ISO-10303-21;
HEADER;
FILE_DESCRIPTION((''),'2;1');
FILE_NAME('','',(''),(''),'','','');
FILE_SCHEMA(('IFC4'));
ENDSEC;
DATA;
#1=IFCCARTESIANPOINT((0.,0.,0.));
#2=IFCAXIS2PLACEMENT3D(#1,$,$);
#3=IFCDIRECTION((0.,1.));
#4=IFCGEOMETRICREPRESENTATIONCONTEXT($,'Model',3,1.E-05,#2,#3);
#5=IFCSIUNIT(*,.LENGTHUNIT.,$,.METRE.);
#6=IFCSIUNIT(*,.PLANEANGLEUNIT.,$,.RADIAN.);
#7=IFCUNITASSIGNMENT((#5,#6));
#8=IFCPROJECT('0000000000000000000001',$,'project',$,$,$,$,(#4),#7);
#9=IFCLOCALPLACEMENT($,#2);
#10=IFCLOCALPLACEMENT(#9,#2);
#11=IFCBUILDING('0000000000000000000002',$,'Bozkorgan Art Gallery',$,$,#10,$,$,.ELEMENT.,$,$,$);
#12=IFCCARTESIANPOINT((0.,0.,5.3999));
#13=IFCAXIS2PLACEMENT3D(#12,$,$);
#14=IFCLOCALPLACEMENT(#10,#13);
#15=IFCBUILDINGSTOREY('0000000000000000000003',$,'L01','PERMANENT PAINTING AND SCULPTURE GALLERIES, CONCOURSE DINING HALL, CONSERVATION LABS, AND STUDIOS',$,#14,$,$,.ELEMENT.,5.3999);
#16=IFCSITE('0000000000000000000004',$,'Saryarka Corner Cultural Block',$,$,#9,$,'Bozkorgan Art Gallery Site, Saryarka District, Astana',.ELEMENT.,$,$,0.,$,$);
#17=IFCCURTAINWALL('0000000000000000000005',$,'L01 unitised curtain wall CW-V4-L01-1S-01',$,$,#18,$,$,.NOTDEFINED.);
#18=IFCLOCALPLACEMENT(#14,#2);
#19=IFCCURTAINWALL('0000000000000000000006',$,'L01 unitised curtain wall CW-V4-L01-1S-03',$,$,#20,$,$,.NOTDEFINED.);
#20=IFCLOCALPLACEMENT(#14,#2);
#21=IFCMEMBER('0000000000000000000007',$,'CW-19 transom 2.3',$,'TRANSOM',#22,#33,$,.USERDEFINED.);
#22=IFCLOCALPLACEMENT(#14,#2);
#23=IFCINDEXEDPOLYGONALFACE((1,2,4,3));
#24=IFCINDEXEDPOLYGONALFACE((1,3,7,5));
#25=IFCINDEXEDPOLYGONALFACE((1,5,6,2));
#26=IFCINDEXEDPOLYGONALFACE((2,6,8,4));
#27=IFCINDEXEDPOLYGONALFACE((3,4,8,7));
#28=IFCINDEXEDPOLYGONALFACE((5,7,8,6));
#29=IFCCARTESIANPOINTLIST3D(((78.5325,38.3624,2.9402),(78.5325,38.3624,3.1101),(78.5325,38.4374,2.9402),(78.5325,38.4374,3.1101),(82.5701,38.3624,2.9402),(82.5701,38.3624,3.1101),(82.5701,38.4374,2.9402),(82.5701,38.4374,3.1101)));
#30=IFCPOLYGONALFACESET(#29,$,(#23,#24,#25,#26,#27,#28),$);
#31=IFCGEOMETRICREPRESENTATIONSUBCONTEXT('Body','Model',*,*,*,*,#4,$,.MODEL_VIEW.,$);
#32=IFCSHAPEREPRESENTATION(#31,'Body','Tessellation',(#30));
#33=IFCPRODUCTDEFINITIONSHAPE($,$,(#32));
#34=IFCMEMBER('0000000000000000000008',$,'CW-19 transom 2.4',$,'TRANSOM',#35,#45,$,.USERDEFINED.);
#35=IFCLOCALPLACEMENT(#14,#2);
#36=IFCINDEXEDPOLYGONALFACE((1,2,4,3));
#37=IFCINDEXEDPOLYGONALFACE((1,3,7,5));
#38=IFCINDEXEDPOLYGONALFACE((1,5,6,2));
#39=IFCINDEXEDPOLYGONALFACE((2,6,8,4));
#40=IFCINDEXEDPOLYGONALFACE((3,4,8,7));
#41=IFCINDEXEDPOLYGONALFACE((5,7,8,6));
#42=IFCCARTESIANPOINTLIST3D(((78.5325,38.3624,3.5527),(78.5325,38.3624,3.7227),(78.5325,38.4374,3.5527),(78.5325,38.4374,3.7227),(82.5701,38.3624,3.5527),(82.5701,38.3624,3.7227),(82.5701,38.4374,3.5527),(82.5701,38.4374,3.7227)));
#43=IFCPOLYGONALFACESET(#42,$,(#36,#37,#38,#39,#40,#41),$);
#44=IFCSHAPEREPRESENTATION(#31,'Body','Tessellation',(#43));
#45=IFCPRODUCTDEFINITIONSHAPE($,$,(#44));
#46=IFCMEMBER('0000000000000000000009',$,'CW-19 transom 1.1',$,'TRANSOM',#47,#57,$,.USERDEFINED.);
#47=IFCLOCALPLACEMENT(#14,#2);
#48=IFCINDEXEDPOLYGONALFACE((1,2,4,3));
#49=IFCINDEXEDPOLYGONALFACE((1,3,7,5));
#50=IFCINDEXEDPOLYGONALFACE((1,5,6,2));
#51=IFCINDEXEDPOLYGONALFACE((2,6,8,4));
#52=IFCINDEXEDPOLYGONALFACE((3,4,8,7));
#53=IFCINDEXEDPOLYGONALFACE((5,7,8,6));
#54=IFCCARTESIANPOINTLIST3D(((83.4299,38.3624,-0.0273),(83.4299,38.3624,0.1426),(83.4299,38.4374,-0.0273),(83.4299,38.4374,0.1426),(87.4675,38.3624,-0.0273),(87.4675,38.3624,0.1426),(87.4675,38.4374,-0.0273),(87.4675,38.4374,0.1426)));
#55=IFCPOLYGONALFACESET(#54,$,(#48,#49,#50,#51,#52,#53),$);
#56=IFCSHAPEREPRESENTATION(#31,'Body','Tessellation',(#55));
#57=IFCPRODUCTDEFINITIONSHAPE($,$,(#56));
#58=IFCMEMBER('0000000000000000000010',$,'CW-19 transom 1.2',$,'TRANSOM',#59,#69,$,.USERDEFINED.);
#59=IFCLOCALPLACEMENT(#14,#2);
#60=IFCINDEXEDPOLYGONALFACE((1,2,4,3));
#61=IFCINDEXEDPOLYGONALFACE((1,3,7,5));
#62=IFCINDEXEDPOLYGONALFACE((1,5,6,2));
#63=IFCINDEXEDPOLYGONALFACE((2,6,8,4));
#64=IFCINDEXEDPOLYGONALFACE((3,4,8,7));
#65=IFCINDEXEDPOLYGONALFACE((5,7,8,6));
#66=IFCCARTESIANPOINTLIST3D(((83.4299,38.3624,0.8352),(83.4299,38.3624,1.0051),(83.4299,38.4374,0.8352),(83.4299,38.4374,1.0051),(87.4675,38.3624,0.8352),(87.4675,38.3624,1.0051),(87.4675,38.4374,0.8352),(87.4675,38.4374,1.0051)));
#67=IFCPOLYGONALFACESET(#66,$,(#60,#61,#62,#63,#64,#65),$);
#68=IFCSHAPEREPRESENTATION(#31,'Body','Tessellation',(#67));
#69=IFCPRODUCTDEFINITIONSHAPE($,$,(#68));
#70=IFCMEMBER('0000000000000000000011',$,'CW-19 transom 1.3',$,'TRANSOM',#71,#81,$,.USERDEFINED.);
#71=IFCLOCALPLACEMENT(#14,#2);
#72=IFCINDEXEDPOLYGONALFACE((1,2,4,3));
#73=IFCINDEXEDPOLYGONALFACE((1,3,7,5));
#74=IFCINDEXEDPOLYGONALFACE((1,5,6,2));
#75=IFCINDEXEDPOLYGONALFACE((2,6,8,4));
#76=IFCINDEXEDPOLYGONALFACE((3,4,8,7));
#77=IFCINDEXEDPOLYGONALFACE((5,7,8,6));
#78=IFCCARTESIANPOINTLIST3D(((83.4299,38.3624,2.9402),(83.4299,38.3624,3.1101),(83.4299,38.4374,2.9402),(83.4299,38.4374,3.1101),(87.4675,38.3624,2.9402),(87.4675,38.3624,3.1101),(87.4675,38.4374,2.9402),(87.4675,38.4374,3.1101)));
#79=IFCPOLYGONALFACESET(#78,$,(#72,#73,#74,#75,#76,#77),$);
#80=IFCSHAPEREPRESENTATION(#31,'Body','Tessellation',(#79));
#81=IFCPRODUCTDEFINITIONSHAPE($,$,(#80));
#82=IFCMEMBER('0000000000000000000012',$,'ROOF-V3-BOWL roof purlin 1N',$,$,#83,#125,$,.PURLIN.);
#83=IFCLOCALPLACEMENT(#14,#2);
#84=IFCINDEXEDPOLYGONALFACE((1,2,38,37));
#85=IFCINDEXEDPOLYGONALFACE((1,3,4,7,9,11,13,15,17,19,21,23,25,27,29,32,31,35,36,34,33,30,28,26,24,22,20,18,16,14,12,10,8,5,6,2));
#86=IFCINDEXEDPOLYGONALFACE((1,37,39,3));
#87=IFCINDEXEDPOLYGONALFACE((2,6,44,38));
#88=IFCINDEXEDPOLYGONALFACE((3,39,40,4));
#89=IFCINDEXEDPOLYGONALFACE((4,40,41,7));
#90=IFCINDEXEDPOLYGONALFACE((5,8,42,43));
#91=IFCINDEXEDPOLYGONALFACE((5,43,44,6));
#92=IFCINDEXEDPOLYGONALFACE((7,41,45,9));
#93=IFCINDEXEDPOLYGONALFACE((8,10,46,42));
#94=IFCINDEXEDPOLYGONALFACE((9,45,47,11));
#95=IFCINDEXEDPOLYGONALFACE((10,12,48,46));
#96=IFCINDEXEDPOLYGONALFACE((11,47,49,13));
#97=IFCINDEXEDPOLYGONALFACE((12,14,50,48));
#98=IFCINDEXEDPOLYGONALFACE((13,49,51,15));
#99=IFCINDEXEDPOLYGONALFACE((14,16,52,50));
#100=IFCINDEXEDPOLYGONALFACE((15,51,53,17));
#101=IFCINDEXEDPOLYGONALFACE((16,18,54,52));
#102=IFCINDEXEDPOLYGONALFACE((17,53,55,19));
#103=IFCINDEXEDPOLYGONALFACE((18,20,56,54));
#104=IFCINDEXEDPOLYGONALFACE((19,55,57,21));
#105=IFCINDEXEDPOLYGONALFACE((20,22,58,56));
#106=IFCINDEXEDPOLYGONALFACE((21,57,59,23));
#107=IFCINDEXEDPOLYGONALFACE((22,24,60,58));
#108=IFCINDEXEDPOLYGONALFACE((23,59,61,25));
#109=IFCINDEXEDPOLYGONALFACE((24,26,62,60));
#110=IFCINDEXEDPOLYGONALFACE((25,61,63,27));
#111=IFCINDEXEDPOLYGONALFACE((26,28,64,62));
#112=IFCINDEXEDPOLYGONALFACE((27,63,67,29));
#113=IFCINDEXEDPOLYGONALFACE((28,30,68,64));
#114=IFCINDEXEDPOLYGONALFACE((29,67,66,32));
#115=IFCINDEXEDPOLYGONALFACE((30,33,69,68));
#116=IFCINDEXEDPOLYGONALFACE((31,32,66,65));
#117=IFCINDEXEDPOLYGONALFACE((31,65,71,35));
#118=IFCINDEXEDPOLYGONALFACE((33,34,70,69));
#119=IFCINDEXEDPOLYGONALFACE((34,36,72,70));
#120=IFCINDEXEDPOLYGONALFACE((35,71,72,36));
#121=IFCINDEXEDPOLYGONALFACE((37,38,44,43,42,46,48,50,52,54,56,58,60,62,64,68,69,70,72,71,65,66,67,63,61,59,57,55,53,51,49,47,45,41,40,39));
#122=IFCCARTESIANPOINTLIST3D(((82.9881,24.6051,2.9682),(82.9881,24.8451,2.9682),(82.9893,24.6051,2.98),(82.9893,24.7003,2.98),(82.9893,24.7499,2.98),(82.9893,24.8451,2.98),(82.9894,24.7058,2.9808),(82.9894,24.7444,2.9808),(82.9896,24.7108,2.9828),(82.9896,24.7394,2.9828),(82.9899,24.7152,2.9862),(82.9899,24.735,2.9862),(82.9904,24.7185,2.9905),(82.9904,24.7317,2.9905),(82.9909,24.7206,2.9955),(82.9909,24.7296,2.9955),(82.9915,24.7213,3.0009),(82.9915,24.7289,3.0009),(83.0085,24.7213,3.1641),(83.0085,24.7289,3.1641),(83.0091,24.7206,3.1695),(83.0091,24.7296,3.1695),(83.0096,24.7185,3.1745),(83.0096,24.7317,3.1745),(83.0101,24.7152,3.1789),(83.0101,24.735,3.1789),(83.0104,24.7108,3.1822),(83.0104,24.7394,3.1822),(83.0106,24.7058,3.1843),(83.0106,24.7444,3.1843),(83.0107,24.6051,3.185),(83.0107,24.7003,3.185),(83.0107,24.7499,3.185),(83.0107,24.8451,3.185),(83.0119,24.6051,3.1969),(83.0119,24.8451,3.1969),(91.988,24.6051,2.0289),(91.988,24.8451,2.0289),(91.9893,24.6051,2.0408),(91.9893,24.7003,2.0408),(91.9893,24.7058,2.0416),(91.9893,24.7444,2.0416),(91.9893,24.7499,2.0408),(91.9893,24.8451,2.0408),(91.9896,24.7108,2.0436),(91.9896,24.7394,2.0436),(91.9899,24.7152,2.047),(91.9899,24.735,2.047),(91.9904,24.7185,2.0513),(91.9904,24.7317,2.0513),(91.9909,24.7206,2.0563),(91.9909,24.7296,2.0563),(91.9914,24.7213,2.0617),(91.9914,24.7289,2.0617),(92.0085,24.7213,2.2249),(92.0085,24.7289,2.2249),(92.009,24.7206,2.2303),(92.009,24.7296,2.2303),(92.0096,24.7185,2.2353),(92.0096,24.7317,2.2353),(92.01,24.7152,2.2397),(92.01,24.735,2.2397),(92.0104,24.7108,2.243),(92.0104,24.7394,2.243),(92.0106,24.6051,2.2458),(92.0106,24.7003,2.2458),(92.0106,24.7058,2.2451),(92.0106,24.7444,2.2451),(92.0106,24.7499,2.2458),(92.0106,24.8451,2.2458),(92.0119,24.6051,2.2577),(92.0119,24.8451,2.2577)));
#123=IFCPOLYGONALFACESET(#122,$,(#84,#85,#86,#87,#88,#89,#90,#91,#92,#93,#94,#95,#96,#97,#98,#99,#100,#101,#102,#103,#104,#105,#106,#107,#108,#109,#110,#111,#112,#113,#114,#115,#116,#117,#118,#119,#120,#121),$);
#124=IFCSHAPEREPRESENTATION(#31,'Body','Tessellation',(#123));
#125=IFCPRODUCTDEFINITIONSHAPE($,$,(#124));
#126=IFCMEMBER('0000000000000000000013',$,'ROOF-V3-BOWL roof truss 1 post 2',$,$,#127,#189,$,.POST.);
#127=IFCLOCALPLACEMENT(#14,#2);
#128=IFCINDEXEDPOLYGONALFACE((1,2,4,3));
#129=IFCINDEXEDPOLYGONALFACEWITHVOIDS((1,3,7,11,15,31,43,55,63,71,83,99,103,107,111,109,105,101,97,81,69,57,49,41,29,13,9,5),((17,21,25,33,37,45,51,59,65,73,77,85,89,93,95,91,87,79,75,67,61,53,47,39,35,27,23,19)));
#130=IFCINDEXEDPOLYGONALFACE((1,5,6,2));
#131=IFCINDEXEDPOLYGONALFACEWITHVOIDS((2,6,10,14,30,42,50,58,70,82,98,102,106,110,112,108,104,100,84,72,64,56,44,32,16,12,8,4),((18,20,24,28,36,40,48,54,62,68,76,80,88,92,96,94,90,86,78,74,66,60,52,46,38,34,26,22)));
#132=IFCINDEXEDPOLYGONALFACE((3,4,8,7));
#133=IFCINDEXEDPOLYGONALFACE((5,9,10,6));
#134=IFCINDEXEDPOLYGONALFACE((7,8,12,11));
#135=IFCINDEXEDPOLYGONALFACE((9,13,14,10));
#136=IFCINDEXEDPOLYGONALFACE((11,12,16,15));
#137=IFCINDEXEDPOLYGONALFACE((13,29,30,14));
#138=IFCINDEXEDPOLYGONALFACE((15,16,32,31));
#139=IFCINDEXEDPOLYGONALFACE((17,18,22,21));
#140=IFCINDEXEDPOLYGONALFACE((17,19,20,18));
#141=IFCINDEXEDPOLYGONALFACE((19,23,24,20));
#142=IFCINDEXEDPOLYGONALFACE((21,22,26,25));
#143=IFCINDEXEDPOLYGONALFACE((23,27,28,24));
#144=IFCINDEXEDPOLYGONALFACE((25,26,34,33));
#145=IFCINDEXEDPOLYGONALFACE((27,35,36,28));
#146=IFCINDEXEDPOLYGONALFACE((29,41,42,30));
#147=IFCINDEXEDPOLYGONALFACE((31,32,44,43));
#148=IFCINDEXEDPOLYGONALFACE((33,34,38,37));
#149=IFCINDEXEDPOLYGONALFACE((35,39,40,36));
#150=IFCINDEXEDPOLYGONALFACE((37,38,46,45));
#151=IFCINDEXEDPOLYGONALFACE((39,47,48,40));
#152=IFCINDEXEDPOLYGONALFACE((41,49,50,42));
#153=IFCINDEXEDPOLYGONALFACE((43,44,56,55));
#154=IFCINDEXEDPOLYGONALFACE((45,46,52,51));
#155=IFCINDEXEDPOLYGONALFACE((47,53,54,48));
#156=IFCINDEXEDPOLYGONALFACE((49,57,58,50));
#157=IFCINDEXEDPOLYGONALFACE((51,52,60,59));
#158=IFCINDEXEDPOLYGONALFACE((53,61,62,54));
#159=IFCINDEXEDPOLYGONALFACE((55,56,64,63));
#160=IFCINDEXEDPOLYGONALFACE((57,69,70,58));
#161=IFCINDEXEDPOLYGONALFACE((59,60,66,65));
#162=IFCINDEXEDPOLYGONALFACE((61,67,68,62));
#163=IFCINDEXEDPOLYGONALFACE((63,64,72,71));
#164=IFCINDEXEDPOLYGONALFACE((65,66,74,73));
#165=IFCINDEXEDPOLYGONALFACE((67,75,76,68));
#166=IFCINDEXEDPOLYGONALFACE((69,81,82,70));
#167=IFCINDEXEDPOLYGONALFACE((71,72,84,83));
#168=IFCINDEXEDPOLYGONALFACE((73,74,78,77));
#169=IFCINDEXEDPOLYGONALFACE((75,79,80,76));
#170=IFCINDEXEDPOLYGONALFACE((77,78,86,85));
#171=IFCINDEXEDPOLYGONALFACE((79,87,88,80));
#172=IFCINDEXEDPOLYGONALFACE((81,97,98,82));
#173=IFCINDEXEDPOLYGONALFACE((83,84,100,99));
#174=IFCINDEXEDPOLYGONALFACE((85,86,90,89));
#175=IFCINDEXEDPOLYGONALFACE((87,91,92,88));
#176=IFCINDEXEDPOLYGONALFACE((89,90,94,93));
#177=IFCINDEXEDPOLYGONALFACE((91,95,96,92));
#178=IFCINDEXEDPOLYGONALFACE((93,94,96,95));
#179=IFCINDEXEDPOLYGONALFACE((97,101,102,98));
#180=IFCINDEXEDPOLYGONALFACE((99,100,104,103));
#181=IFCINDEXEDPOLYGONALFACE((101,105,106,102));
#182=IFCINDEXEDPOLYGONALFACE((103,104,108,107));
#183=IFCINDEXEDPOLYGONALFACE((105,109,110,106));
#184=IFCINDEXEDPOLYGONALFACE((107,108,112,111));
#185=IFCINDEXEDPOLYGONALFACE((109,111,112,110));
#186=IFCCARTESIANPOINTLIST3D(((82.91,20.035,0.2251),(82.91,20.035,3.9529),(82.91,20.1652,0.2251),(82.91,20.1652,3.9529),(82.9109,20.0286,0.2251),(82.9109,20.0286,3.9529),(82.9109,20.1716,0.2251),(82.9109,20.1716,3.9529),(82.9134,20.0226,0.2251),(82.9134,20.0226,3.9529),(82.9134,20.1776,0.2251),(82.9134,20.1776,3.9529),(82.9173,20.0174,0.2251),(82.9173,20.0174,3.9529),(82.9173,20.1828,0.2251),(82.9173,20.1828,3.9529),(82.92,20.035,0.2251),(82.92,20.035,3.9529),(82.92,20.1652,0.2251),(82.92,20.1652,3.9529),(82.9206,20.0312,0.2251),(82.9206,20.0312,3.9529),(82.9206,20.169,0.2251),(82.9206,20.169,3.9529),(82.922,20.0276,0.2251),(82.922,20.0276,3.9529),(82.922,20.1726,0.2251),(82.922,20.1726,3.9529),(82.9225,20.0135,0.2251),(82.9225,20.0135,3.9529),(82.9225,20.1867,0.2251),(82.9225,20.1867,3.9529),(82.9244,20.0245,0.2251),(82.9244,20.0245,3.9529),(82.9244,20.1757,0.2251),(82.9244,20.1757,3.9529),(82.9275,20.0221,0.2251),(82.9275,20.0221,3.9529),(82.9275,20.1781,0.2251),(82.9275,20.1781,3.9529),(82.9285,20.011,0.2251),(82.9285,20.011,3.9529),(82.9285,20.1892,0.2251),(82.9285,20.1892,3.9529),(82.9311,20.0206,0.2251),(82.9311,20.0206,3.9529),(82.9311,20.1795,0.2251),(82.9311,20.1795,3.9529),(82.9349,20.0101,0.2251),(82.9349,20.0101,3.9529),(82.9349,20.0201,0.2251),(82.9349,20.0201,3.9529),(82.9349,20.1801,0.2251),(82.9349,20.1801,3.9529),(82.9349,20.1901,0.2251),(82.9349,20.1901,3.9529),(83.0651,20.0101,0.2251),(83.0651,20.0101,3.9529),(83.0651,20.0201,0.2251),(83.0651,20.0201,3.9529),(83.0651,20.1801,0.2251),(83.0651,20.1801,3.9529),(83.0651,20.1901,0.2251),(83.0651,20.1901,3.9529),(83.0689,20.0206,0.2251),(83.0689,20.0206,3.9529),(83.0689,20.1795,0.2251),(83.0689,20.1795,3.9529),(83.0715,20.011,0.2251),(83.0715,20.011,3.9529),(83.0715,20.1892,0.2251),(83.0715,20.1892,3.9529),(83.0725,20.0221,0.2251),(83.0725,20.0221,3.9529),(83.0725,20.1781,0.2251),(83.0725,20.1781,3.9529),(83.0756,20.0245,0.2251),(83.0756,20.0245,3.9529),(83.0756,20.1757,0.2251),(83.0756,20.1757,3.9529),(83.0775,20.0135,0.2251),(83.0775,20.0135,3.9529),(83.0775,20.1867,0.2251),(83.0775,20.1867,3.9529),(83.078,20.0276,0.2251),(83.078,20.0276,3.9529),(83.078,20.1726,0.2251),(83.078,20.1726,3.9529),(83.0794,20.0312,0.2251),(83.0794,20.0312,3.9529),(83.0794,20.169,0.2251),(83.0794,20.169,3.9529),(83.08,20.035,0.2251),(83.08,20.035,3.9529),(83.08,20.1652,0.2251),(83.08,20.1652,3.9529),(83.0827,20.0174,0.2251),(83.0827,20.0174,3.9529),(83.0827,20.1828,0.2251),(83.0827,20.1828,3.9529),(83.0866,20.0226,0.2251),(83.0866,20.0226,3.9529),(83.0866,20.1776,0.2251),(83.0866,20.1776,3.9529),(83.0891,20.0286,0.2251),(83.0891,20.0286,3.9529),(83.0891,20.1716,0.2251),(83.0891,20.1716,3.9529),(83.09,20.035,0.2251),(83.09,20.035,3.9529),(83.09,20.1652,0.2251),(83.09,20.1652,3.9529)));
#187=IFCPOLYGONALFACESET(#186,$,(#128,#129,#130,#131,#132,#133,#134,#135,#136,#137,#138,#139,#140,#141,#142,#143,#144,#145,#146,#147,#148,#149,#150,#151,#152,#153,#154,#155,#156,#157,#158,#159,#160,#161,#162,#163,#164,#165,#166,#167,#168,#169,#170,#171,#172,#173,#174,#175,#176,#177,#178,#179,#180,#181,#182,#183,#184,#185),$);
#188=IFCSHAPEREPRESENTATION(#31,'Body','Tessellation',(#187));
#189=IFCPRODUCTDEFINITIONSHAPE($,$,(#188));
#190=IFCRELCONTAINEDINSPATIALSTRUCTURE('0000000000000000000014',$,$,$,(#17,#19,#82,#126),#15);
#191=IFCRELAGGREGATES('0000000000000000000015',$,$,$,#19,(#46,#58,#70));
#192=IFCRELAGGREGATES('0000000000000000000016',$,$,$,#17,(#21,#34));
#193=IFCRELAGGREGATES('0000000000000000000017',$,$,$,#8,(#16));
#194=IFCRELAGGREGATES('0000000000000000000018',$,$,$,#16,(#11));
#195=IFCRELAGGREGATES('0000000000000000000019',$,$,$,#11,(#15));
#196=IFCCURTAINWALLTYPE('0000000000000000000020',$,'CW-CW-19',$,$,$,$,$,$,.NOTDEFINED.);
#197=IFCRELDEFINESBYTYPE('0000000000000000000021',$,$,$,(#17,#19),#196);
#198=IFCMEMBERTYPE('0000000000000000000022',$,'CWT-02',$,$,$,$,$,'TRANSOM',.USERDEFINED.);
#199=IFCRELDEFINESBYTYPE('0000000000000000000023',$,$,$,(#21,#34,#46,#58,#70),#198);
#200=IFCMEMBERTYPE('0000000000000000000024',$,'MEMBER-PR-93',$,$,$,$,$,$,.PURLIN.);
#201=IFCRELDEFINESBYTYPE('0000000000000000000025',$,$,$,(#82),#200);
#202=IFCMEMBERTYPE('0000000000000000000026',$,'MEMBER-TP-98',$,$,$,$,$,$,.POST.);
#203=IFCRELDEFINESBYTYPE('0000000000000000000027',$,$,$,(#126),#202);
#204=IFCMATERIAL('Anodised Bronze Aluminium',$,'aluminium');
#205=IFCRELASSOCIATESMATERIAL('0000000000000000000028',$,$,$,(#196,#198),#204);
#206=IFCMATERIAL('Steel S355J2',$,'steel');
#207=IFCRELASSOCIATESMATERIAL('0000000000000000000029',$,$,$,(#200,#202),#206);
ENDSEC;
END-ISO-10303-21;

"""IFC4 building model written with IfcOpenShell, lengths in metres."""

from ifc_helpers import new_model, si_unit, direction, frame, origin, origin_2d, place, context, subcontext, project, spatial, rectangle, hollow_rectangle, i_section, extrude, material, material_profile, profile_set, type_object, element, aggregate, save


model = new_model("IFC4")

# Units and contexts
model_context = context("Model", 3, precision=1e-05, world=origin(), true_north=direction((0.0, 1.0)))
body_context = subcontext(model_context, "Body", "Model", "MODEL_VIEW")
ifc_project = project(units=[si_unit("LENGTHUNIT", "METRE"), si_unit("PLANEANGLEUNIT", "RADIAN")], contexts=[model_context])

# Site, building, storey
site_placement = place(None, origin())
site = spatial("IfcSite", under=ifc_project, at=site_placement, Name="Saryarka Corner Cultural Block", LongName="Bozkorgan Art Gallery Site, Saryarka District, Astana", CompositionType="ELEMENT", RefElevation=0.0)
building_placement = place(site_placement, origin())
building = spatial("IfcBuilding", under=site, at=building_placement, Name="Bozkorgan Art Gallery", CompositionType="ELEMENT")
storey_placement = place(building_placement, frame((0.0, 0.0, 5.3999)))
storey = spatial("IfcBuildingStorey", under=building, at=storey_placement, Name="L01", Description="PERMANENT PAINTING AND SCULPTURE GALLERIES, CONCOURSE DINING HALL, CONSERVATION LABS, AND STUDIOS", CompositionType="ELEMENT", Elevation=5.3999)

# Curtain wall
ifc_material_1 = material(Name="Anodised Bronze Aluminium", Category="aluminium")
curtain_wall_type = type_object("IfcCurtainWallType", Name="CW-CW-19", PredefinedType="NOTDEFINED", material=ifc_material_1)
curtain_wall_1_placement = place(storey_placement, origin())
curtain_wall_1 = element("IfcCurtainWall", 1, at=curtain_wall_1_placement, inside=storey, type_object=curtain_wall_type, Name="L01 unitised curtain wall CW-V4-L01-1S-01", PredefinedType="NOTDEFINED")

# Curtain wall
curtain_wall_2_placement = place(storey_placement, origin())
curtain_wall_2 = element("IfcCurtainWall", 2, at=curtain_wall_2_placement, inside=storey, type_object=curtain_wall_type, Name="L01 unitised curtain wall CW-V4-L01-1S-03", PredefinedType="NOTDEFINED")

# Members
ifc_material_profile_1 = material_profile(ifc_material_1, rectangle(XDim=0.075, YDim=0.1699, at=origin_2d()), Name="ALU TRANSOM 75x170")
ifc_profile_set_1 = profile_set([ifc_material_profile_1], Name="Anodised Bronze Aluminium")
member_type_1 = type_object("IfcMemberType", Name="CWT-02", ElementType="TRANSOM", PredefinedType="USERDEFINED", material=ifc_profile_set_1)
member_1_placement = place(storey_placement, frame((78.5325, 38.3999, 3.0251), z_axis=(1.0, 0.0, 0.0), x_axis=(0.0, 1.0, 0.0)))
member_1 = element("IfcMember", 3, at=member_1_placement, type_object=member_type_1, Name="CW-19 transom 2.3", ObjectType="TRANSOM", PredefinedType="USERDEFINED", context=body_context, shape_type="SweptSolid", body=[
    extrude(rectangle(XDim=0.075, YDim=0.1699, at=origin_2d()), origin(), (0.0, 0.0, 1.0), 4.0376),
])
member_2_placement = place(storey_placement, frame((78.5325, 38.3999, 3.6377), z_axis=(1.0, 0.0, 0.0), x_axis=(0.0, 1.0, 0.0)))
member_2 = element("IfcMember", 4, at=member_2_placement, type_object=member_type_1, Name="CW-19 transom 2.4", ObjectType="TRANSOM", PredefinedType="USERDEFINED", context=body_context, shape_type="SweptSolid", body=[
    extrude(rectangle(XDim=0.075, YDim=0.1699, at=origin_2d()), origin(), (0.0, 0.0, 1.0), 4.0376),
])
member_3_placement = place(storey_placement, frame((83.4299, 38.3999, 0.0576), z_axis=(1.0, 0.0, 0.0), x_axis=(0.0, 1.0, 0.0)))
member_3 = element("IfcMember", 5, at=member_3_placement, type_object=member_type_1, Name="CW-19 transom 1.1", ObjectType="TRANSOM", PredefinedType="USERDEFINED", context=body_context, shape_type="SweptSolid", body=[
    extrude(rectangle(XDim=0.075, YDim=0.1699, at=origin_2d()), origin(), (0.0, 0.0, 1.0), 4.0376),
])
member_4_placement = place(storey_placement, frame((83.4299, 38.3999, 0.9202), z_axis=(1.0, 0.0, 0.0), x_axis=(0.0, 1.0, 0.0)))
member_4 = element("IfcMember", 6, at=member_4_placement, type_object=member_type_1, Name="CW-19 transom 1.2", ObjectType="TRANSOM", PredefinedType="USERDEFINED", context=body_context, shape_type="SweptSolid", body=[
    extrude(rectangle(XDim=0.075, YDim=0.1699, at=origin_2d()), origin(), (0.0, 0.0, 1.0), 4.0376),
])
member_5_placement = place(storey_placement, frame((83.4299, 38.3999, 3.0251), z_axis=(1.0, 0.0, 0.0), x_axis=(0.0, 1.0, 0.0)))
member_5 = element("IfcMember", 7, at=member_5_placement, type_object=member_type_1, Name="CW-19 transom 1.3", ObjectType="TRANSOM", PredefinedType="USERDEFINED", context=body_context, shape_type="SweptSolid", body=[
    extrude(rectangle(XDim=0.075, YDim=0.1699, at=origin_2d()), origin(), (0.0, 0.0, 1.0), 4.0376),
])
aggregate(curtain_wall_2, [member_3, member_4, member_5])

# Members
ifc_material_2 = material(Name="Steel S355J2", Category="steel")
ifc_material_profile_2 = material_profile(ifc_material_2, i_section(OverallWidth=0.24, OverallDepth=0.23, WebThickness=0.0076, FlangeThickness=0.012, FilletRadius=0.021, at=origin_2d()), Name="HEA 240")
ifc_profile_set_2 = profile_set([ifc_material_profile_2], Name="Steel S355J2")
member_type_2 = type_object("IfcMemberType", Name="MEMBER-PR-93", PredefinedType="PURLIN", material=ifc_profile_set_2)
member_6_placement = place(storey_placement, frame((83.0, 24.7251, 3.0825), z_axis=(0.994599, 0.0, -0.103793), x_axis=(0.0, 1.0, 0.0)))
element("IfcMember", 8, at=member_6_placement, inside=storey, type_object=member_type_2, Name="ROOF-V3-BOWL roof purlin 1N", PredefinedType="PURLIN", context=body_context, shape_type="SweptSolid", body=[
    extrude(i_section(OverallWidth=0.24, OverallDepth=0.23, WebThickness=0.0076, FlangeThickness=0.012, FilletRadius=0.021, at=origin_2d()), origin(), (0.0, 0.0, 1.0), 9.0488),
])
ifc_material_profile_3 = material_profile(ifc_material_2, hollow_rectangle(XDim=0.1799, YDim=0.1799, WallThickness=0.01, InnerFilletRadius=0.0149, OuterFilletRadius=0.0249, at=origin_2d()), Name="SHS 180x180x10")
ifc_profile_set_3 = profile_set([ifc_material_profile_3], Name="Steel S355J2")
member_type_3 = type_object("IfcMemberType", Name="MEMBER-TP-98", PredefinedType="POST", material=ifc_profile_set_3)
member_7_placement = place(storey_placement, frame((83.0, 20.1001, 0.2251), z_axis=(0.0, 0.0, 1.0), x_axis=(1.0, 0.0, 0.0)))
element("IfcMember", 9, at=member_7_placement, inside=storey, type_object=member_type_3, Name="ROOF-V3-BOWL roof truss 1 post 2", PredefinedType="POST", context=body_context, shape_type="SweptSolid", body=[
    extrude(hollow_rectangle(XDim=0.1799, YDim=0.1799, WallThickness=0.01, InnerFilletRadius=0.0149, OuterFilletRadius=0.0249, at=origin_2d()), origin(), (0.0, 0.0, 1.0), 3.7278),
])

aggregate(curtain_wall_1, [member_1, member_2])

save(model, "model.ifc")
